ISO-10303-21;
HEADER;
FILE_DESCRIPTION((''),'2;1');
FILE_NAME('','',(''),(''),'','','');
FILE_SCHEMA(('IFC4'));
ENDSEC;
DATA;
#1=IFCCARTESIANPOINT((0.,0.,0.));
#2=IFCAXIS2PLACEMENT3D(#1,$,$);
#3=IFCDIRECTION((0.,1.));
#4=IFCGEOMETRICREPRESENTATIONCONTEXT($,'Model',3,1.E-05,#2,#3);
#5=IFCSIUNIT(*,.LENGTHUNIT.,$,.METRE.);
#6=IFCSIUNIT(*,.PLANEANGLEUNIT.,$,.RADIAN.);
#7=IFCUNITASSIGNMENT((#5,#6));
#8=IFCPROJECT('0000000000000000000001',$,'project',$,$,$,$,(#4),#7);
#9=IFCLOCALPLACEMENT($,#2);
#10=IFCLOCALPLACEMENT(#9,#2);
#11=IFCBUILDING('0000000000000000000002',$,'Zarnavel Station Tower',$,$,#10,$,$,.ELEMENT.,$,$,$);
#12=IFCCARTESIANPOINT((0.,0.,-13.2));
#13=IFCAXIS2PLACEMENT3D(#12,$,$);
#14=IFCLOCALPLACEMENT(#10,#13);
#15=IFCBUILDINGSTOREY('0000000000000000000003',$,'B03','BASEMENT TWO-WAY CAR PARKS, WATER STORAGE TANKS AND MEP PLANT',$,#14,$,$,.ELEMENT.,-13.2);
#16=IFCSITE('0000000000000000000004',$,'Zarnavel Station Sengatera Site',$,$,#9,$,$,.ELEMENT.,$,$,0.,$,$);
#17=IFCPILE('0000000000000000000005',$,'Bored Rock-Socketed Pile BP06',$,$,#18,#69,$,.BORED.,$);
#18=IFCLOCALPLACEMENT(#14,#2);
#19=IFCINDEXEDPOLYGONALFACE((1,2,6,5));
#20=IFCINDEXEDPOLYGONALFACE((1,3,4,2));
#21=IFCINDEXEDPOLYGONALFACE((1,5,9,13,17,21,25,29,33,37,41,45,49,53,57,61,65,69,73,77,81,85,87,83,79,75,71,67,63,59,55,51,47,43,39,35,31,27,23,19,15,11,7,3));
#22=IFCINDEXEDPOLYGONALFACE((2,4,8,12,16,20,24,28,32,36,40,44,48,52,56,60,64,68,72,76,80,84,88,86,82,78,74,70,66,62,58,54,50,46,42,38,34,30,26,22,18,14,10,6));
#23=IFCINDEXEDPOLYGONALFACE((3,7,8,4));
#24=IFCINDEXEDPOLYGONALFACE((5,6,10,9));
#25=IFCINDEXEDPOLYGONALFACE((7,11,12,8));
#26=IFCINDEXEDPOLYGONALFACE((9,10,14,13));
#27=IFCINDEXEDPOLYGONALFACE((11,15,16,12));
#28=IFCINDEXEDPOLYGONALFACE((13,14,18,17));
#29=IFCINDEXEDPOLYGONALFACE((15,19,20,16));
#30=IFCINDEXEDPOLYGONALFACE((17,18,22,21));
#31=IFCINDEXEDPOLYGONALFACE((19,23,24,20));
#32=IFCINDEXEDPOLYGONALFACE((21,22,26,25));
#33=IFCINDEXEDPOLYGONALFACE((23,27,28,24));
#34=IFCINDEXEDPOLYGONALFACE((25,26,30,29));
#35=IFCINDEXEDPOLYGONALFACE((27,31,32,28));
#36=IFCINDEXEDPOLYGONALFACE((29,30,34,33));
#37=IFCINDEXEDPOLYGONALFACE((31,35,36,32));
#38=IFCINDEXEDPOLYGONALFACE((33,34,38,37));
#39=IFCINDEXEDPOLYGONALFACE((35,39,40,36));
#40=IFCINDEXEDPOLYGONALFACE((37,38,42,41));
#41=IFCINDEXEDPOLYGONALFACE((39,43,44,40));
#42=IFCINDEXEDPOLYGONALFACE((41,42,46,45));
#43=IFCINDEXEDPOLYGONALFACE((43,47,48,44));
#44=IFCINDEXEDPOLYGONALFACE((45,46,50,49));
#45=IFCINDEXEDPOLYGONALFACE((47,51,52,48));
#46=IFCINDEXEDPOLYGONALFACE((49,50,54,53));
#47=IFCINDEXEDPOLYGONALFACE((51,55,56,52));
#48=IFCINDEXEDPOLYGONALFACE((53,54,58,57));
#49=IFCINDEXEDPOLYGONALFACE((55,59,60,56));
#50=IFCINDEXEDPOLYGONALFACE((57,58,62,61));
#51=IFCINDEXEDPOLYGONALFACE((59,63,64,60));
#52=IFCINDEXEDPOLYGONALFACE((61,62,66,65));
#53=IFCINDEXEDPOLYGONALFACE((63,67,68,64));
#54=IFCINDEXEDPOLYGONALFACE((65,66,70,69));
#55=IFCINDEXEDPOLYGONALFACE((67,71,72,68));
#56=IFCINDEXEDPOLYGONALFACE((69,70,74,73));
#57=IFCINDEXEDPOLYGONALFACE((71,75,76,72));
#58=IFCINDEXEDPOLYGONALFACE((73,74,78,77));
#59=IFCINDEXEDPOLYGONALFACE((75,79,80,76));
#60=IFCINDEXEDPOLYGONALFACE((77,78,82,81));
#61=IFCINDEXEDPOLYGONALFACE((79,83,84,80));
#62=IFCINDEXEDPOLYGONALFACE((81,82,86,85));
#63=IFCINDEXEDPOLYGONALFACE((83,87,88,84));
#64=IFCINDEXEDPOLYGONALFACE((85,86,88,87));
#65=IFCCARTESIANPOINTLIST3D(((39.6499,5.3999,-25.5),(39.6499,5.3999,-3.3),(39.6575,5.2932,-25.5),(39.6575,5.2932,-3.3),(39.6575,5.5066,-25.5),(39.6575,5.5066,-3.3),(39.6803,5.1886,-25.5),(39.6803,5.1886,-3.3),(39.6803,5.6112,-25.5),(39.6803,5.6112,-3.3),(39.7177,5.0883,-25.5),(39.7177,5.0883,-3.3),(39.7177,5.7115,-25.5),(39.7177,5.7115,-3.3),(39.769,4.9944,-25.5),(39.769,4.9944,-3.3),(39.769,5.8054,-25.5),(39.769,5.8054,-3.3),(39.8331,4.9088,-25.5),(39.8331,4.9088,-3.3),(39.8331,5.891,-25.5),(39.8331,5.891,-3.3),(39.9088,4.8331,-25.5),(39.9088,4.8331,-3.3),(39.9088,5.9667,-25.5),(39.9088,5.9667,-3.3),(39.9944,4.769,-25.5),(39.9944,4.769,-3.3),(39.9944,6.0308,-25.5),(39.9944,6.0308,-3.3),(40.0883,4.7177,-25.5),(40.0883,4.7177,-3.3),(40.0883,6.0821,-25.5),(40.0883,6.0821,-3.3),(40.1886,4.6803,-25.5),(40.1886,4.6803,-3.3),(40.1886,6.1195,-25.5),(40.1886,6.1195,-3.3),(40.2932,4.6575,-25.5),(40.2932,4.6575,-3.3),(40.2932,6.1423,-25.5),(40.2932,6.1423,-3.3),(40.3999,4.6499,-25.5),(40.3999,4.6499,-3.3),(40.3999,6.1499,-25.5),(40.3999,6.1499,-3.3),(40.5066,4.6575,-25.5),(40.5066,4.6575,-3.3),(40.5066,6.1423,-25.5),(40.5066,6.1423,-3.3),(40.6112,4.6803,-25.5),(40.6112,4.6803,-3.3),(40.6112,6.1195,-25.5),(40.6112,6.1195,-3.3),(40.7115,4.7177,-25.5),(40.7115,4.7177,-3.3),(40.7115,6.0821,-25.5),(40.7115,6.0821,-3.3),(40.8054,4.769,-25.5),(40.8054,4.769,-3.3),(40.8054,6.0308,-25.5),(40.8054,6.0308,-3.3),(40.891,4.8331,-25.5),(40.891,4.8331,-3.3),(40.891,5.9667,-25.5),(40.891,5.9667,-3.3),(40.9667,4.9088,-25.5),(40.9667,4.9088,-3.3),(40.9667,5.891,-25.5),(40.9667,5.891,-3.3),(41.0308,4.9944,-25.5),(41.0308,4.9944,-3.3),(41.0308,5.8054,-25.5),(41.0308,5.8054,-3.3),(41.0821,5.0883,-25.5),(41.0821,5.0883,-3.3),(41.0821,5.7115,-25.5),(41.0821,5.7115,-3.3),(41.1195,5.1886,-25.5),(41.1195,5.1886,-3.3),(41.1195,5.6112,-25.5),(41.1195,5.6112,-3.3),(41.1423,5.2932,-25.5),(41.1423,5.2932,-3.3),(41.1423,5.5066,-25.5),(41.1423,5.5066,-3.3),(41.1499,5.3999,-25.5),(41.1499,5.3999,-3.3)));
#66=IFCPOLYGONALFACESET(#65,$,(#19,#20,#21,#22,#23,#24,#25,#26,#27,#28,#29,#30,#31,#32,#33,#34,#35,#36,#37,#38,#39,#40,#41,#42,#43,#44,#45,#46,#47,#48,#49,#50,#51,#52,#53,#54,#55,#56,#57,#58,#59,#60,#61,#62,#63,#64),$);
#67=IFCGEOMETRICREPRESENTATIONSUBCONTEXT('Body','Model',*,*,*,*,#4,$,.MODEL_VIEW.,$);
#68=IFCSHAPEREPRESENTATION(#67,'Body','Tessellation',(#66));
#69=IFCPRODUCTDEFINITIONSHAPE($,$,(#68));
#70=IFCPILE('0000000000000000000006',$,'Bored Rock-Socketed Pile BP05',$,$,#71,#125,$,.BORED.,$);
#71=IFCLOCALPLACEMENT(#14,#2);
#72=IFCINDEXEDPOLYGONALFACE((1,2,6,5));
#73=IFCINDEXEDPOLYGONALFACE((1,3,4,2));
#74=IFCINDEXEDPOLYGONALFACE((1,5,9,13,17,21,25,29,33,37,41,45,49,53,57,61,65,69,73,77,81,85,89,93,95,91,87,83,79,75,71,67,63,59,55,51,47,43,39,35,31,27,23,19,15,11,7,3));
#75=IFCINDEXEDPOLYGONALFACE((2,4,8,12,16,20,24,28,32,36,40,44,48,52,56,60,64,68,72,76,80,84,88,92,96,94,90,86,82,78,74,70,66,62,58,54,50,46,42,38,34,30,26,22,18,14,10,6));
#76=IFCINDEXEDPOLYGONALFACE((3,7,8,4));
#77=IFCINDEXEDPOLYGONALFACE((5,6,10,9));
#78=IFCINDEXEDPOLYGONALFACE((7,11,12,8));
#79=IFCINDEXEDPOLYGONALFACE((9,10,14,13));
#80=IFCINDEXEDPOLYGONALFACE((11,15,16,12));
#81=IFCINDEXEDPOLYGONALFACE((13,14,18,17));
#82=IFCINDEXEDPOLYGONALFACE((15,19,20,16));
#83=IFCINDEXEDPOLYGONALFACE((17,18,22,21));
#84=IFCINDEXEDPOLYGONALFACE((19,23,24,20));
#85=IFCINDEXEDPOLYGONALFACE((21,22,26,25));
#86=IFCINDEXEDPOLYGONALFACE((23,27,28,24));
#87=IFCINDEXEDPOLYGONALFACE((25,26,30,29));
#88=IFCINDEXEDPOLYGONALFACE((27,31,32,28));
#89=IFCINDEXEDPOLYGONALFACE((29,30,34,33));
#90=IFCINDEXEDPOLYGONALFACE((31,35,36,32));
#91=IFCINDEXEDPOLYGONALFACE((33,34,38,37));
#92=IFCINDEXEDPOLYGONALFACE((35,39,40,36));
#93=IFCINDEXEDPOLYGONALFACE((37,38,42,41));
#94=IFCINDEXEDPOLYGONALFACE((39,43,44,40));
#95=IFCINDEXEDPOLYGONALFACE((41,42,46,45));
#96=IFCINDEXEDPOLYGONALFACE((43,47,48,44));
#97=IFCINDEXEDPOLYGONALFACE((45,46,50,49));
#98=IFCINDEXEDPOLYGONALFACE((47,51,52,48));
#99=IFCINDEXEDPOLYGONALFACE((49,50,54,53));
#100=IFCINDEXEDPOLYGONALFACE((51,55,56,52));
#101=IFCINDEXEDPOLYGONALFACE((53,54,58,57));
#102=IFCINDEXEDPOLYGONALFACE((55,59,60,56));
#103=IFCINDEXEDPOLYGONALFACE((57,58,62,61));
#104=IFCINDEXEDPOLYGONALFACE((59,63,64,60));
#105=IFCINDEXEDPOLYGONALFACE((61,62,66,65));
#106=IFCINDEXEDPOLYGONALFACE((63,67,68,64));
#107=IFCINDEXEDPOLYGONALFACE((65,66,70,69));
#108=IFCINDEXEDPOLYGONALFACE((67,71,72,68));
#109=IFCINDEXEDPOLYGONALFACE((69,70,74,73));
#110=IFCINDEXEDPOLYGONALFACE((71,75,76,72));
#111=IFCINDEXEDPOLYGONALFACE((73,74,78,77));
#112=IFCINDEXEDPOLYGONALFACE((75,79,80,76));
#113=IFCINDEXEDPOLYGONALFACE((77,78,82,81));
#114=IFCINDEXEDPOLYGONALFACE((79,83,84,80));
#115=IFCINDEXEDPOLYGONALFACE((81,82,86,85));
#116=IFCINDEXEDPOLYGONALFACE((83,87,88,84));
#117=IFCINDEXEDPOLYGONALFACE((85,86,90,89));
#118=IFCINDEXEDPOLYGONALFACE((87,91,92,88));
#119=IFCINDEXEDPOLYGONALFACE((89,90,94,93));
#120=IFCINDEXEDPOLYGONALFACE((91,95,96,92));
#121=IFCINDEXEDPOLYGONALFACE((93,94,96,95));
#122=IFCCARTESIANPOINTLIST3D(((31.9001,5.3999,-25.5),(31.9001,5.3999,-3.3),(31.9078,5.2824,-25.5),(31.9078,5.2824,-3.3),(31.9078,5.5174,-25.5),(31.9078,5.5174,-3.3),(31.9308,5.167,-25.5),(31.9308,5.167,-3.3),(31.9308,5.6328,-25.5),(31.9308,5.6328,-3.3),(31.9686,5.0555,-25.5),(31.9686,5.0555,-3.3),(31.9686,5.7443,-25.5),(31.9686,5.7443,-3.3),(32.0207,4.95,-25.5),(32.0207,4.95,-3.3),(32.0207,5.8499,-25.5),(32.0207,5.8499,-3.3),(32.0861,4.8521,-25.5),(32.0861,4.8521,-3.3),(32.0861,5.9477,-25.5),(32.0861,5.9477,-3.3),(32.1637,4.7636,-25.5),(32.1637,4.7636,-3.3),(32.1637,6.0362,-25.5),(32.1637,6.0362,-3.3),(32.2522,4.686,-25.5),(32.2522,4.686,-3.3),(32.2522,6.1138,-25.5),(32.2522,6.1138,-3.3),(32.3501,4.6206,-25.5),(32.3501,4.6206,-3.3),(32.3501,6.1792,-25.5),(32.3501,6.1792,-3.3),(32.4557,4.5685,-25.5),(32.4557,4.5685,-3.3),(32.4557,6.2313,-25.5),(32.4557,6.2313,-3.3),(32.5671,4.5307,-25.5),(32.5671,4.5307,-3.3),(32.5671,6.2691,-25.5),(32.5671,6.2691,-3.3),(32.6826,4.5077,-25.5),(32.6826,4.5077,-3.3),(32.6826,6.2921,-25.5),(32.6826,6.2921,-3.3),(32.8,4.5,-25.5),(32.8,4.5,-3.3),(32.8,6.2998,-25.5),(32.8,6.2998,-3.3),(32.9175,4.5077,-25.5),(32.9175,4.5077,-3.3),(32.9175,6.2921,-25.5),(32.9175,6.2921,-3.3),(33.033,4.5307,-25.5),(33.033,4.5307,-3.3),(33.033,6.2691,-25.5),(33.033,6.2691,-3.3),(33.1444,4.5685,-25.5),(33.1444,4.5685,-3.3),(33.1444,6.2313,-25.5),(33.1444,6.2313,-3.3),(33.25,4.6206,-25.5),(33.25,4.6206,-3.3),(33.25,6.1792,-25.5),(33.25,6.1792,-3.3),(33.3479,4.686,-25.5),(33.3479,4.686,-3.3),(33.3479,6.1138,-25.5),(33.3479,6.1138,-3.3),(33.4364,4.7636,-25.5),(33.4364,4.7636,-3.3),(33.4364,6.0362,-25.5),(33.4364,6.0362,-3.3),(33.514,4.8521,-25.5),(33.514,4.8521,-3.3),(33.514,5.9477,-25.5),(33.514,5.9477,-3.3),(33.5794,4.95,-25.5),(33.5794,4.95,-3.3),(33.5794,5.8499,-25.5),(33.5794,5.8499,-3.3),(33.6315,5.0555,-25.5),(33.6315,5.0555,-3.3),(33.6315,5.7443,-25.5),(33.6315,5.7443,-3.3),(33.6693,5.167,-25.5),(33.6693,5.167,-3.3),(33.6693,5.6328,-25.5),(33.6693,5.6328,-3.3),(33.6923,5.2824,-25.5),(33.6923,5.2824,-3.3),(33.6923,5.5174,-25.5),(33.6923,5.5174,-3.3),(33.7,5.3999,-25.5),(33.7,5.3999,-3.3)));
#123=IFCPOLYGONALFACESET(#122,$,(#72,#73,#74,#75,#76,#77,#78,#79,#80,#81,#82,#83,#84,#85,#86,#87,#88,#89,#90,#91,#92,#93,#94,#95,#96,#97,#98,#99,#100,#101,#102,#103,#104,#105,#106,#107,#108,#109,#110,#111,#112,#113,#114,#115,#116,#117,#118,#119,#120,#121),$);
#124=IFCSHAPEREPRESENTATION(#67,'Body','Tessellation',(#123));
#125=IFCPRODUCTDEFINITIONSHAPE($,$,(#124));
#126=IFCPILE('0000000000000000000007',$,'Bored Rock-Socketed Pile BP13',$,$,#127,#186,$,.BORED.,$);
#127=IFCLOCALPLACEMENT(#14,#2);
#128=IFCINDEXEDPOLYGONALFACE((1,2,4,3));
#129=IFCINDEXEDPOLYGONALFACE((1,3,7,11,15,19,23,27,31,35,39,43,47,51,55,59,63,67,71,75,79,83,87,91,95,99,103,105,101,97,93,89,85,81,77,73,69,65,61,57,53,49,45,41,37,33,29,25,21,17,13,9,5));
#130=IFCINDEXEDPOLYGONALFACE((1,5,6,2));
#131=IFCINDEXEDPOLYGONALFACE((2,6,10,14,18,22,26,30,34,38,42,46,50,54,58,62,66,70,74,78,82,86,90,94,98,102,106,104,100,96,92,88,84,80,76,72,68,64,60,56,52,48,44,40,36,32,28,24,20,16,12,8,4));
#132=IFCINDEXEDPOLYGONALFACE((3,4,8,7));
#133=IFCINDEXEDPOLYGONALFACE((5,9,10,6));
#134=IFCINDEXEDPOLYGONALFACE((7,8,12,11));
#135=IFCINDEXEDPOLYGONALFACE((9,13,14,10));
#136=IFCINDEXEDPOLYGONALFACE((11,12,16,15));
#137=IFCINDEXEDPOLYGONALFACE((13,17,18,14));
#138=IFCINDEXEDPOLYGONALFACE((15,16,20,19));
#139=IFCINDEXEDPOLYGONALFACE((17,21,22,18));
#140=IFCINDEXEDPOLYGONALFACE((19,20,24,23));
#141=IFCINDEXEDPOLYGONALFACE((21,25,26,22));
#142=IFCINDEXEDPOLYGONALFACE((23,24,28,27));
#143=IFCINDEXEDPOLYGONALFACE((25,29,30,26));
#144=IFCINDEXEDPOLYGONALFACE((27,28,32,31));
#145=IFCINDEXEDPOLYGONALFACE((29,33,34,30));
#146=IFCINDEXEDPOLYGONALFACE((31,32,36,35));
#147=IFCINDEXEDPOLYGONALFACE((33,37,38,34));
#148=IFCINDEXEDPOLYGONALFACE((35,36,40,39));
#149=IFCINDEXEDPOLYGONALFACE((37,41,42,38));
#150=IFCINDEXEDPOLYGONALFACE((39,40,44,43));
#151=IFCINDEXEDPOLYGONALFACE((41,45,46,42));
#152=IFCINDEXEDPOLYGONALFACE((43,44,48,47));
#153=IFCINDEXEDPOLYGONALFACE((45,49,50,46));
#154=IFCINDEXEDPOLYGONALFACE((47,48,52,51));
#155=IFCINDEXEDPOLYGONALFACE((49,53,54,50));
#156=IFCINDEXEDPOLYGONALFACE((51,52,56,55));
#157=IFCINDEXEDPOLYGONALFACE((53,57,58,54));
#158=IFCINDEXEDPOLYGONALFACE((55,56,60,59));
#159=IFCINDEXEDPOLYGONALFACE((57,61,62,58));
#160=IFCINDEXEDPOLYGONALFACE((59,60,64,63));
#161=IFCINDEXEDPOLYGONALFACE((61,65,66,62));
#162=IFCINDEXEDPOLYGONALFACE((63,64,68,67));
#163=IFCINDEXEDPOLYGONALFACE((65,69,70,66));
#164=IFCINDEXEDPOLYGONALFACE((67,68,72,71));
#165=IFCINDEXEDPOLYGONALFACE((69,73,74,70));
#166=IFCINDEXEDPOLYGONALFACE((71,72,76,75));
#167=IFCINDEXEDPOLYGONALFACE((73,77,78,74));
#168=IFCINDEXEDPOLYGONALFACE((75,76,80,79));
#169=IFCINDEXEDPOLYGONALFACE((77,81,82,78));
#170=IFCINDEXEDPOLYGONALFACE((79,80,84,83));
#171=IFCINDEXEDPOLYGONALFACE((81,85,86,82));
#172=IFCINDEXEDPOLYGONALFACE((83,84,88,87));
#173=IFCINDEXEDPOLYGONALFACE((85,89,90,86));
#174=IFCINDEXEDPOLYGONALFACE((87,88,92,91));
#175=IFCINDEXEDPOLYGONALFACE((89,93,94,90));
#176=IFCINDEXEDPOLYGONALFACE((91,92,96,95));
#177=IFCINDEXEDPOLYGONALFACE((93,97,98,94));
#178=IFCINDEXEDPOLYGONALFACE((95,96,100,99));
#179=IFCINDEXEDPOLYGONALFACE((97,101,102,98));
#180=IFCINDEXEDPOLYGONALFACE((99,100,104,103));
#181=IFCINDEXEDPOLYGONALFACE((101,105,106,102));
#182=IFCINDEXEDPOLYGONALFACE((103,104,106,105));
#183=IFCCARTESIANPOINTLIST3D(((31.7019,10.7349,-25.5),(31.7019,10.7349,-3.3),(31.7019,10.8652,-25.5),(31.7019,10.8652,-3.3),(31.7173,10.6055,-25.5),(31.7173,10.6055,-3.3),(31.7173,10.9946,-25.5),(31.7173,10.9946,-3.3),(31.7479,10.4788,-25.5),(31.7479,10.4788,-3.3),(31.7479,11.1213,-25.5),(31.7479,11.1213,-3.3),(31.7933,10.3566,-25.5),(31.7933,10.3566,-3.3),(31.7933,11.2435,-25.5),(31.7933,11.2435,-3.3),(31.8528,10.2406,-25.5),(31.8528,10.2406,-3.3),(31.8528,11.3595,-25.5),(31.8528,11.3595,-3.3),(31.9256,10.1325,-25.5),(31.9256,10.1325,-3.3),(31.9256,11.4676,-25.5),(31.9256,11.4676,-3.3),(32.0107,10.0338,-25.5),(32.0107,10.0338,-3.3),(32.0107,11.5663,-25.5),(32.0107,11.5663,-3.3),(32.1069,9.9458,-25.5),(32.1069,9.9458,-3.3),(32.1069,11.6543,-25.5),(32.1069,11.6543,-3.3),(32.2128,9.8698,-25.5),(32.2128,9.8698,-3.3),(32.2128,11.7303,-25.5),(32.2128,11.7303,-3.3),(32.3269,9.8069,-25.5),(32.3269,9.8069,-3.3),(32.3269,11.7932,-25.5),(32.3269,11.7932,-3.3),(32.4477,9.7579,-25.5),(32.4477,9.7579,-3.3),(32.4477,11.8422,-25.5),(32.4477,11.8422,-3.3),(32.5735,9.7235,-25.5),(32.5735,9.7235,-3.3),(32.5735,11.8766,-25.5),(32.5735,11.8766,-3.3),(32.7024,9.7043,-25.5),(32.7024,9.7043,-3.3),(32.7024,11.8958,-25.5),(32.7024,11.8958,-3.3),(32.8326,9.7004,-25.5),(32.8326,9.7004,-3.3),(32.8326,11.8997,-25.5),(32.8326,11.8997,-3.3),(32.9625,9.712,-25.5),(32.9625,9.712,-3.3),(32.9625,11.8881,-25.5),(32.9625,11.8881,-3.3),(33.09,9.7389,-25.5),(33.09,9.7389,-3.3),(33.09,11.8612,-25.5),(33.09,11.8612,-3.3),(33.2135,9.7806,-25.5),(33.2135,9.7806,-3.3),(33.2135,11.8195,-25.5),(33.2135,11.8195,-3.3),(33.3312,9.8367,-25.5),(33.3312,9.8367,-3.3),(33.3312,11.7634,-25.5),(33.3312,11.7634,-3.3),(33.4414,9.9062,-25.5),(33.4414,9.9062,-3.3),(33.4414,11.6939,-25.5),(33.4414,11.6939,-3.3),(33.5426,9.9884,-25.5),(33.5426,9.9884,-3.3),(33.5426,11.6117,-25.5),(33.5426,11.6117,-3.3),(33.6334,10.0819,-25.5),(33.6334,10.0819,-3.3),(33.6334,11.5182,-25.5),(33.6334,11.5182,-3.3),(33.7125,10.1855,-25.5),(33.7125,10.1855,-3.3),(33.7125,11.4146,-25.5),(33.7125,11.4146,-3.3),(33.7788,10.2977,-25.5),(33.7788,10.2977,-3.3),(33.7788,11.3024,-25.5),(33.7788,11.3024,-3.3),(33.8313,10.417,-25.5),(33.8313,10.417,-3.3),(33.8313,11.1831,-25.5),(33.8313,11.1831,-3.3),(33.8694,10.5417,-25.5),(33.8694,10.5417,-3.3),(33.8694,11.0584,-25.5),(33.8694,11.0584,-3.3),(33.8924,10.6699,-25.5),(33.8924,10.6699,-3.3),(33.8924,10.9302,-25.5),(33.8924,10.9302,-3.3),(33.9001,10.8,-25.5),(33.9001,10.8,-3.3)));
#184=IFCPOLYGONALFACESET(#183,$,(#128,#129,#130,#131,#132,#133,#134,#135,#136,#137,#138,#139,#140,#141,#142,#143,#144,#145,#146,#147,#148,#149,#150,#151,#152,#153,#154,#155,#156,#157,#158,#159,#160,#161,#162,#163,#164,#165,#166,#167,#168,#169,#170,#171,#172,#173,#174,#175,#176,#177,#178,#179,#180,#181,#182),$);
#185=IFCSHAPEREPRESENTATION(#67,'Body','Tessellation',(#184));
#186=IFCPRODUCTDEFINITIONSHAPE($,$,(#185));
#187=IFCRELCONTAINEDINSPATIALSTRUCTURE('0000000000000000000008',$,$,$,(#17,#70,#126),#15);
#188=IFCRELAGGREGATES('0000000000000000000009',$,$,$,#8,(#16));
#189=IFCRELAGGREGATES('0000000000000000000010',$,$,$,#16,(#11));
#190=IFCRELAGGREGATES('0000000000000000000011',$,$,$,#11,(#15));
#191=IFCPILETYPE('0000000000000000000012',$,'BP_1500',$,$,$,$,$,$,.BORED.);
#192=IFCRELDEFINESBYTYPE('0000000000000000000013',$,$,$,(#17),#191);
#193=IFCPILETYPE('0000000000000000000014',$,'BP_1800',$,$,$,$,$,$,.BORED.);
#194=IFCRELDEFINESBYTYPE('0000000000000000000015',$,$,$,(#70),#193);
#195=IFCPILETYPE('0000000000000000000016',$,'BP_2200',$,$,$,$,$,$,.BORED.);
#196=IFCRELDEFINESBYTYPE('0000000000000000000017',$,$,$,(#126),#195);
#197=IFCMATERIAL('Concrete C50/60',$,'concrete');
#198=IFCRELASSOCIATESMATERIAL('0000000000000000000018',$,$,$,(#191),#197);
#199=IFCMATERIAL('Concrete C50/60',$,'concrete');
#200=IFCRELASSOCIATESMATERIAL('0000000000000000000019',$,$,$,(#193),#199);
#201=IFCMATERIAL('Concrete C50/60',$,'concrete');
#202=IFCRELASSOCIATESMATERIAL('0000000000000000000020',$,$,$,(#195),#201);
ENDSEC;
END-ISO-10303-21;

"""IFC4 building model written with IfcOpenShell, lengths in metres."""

from ifc_helpers import new_model, si_unit, direction, frame, origin, origin_2d, place, context, subcontext, project, spatial, circle, extrude, material, material_profile, profile_set, type_object, element, save


model = new_model("IFC4")

# Units and contexts
model_context = context("Model", 3, precision=1e-05, world=origin(), true_north=direction((0.0, 1.0)))
body_context = subcontext(model_context, "Body", "Model", "MODEL_VIEW")
ifc_project = project(units=[si_unit("LENGTHUNIT", "METRE"), si_unit("PLANEANGLEUNIT", "RADIAN")], contexts=[model_context])

# Site, building, storey
site_placement = place(None, origin())
site = spatial("IfcSite", under=ifc_project, at=site_placement, Name="Zarnavel Station Sengatera Site", CompositionType="ELEMENT", RefElevation=0.0)
building_placement = place(site_placement, origin())
building = spatial("IfcBuilding", under=site, at=building_placement, Name="Zarnavel Station Tower", CompositionType="ELEMENT")
storey_placement = place(building_placement, frame((0.0, 0.0, -13.2)))
storey = spatial("IfcBuildingStorey", under=building, at=storey_placement, Name="B03", Description="BASEMENT TWO-WAY CAR PARKS, WATER STORAGE TANKS AND MEP PLANT", CompositionType="ELEMENT", Elevation=-13.2)

# Piles
ifc_material_1 = material(Name="Concrete C50/60", Category="concrete")
ifc_material_profile_1 = material_profile(ifc_material_1, circle(Radius=0.75, at=origin_2d()), Name="PILE1500")
ifc_profile_set_1 = profile_set([ifc_material_profile_1], Name="Concrete C50/60")
pile_type_1 = type_object("IfcPileType", Name="BP_1500", PredefinedType="BORED", material=ifc_profile_set_1)
pile_1_placement = place(storey_placement, frame((40.3999, 5.3999, -3.3), z_axis=(0.0, 0.0, -1.0), x_axis=(1.0, 0.0, 0.0)))
element("IfcPile", 1, at=pile_1_placement, inside=storey, type_object=pile_type_1, Name="Bored Rock-Socketed Pile BP06", PredefinedType="BORED", context=body_context, shape_type="SweptSolid", body=[
    extrude(circle(Radius=0.75, at=origin_2d()), origin(), (0.0, 0.0, 1.0), 22.2),
])
ifc_material_2 = material(Name="Concrete C50/60", Category="concrete")
ifc_material_profile_2 = material_profile(ifc_material_2, circle(Radius=0.8999, at=origin_2d()), Name="PILE1800")
ifc_profile_set_2 = profile_set([ifc_material_profile_2], Name="Concrete C50/60")
pile_type_2 = type_object("IfcPileType", Name="BP_1800", PredefinedType="BORED", material=ifc_profile_set_2)
pile_2_placement = place(storey_placement, frame((32.8, 5.3999, -3.3), z_axis=(0.0, 0.0, -1.0), x_axis=(1.0, 0.0, 0.0)))
element("IfcPile", 2, at=pile_2_placement, inside=storey, type_object=pile_type_2, Name="Bored Rock-Socketed Pile BP05", PredefinedType="BORED", context=body_context, shape_type="SweptSolid", body=[
    extrude(circle(Radius=0.8999, at=origin_2d()), origin(), (0.0, 0.0, 1.0), 22.2),
])
ifc_material_3 = material(Name="Concrete C50/60", Category="concrete")
ifc_material_profile_3 = material_profile(ifc_material_3, circle(Radius=1.1001, at=origin_2d()), Name="PILE2200")
ifc_profile_set_3 = profile_set([ifc_material_profile_3], Name="Concrete C50/60")
pile_type_3 = type_object("IfcPileType", Name="BP_2200", PredefinedType="BORED", material=ifc_profile_set_3)
for number, where, z_axis, x_axis, name in (
    (3, (32.8, 10.8, -3.3), (0.0, 0.0, -1.0), (1.0, 0.0, 0.0), "Bored Rock-Socketed Pile BP13"),
):
    element("IfcPile", number, at=place(storey_placement, frame(where, z_axis=z_axis, x_axis=x_axis)), inside=storey, type_object=pile_type_3, Name=name, PredefinedType="BORED", context=body_context, shape_type="SweptSolid", body=[
        extrude(circle(Radius=1.1001, at=origin_2d()), origin(), (0.0, 0.0, 1.0), 22.2),
    ])

save(model, "model.ifc")
